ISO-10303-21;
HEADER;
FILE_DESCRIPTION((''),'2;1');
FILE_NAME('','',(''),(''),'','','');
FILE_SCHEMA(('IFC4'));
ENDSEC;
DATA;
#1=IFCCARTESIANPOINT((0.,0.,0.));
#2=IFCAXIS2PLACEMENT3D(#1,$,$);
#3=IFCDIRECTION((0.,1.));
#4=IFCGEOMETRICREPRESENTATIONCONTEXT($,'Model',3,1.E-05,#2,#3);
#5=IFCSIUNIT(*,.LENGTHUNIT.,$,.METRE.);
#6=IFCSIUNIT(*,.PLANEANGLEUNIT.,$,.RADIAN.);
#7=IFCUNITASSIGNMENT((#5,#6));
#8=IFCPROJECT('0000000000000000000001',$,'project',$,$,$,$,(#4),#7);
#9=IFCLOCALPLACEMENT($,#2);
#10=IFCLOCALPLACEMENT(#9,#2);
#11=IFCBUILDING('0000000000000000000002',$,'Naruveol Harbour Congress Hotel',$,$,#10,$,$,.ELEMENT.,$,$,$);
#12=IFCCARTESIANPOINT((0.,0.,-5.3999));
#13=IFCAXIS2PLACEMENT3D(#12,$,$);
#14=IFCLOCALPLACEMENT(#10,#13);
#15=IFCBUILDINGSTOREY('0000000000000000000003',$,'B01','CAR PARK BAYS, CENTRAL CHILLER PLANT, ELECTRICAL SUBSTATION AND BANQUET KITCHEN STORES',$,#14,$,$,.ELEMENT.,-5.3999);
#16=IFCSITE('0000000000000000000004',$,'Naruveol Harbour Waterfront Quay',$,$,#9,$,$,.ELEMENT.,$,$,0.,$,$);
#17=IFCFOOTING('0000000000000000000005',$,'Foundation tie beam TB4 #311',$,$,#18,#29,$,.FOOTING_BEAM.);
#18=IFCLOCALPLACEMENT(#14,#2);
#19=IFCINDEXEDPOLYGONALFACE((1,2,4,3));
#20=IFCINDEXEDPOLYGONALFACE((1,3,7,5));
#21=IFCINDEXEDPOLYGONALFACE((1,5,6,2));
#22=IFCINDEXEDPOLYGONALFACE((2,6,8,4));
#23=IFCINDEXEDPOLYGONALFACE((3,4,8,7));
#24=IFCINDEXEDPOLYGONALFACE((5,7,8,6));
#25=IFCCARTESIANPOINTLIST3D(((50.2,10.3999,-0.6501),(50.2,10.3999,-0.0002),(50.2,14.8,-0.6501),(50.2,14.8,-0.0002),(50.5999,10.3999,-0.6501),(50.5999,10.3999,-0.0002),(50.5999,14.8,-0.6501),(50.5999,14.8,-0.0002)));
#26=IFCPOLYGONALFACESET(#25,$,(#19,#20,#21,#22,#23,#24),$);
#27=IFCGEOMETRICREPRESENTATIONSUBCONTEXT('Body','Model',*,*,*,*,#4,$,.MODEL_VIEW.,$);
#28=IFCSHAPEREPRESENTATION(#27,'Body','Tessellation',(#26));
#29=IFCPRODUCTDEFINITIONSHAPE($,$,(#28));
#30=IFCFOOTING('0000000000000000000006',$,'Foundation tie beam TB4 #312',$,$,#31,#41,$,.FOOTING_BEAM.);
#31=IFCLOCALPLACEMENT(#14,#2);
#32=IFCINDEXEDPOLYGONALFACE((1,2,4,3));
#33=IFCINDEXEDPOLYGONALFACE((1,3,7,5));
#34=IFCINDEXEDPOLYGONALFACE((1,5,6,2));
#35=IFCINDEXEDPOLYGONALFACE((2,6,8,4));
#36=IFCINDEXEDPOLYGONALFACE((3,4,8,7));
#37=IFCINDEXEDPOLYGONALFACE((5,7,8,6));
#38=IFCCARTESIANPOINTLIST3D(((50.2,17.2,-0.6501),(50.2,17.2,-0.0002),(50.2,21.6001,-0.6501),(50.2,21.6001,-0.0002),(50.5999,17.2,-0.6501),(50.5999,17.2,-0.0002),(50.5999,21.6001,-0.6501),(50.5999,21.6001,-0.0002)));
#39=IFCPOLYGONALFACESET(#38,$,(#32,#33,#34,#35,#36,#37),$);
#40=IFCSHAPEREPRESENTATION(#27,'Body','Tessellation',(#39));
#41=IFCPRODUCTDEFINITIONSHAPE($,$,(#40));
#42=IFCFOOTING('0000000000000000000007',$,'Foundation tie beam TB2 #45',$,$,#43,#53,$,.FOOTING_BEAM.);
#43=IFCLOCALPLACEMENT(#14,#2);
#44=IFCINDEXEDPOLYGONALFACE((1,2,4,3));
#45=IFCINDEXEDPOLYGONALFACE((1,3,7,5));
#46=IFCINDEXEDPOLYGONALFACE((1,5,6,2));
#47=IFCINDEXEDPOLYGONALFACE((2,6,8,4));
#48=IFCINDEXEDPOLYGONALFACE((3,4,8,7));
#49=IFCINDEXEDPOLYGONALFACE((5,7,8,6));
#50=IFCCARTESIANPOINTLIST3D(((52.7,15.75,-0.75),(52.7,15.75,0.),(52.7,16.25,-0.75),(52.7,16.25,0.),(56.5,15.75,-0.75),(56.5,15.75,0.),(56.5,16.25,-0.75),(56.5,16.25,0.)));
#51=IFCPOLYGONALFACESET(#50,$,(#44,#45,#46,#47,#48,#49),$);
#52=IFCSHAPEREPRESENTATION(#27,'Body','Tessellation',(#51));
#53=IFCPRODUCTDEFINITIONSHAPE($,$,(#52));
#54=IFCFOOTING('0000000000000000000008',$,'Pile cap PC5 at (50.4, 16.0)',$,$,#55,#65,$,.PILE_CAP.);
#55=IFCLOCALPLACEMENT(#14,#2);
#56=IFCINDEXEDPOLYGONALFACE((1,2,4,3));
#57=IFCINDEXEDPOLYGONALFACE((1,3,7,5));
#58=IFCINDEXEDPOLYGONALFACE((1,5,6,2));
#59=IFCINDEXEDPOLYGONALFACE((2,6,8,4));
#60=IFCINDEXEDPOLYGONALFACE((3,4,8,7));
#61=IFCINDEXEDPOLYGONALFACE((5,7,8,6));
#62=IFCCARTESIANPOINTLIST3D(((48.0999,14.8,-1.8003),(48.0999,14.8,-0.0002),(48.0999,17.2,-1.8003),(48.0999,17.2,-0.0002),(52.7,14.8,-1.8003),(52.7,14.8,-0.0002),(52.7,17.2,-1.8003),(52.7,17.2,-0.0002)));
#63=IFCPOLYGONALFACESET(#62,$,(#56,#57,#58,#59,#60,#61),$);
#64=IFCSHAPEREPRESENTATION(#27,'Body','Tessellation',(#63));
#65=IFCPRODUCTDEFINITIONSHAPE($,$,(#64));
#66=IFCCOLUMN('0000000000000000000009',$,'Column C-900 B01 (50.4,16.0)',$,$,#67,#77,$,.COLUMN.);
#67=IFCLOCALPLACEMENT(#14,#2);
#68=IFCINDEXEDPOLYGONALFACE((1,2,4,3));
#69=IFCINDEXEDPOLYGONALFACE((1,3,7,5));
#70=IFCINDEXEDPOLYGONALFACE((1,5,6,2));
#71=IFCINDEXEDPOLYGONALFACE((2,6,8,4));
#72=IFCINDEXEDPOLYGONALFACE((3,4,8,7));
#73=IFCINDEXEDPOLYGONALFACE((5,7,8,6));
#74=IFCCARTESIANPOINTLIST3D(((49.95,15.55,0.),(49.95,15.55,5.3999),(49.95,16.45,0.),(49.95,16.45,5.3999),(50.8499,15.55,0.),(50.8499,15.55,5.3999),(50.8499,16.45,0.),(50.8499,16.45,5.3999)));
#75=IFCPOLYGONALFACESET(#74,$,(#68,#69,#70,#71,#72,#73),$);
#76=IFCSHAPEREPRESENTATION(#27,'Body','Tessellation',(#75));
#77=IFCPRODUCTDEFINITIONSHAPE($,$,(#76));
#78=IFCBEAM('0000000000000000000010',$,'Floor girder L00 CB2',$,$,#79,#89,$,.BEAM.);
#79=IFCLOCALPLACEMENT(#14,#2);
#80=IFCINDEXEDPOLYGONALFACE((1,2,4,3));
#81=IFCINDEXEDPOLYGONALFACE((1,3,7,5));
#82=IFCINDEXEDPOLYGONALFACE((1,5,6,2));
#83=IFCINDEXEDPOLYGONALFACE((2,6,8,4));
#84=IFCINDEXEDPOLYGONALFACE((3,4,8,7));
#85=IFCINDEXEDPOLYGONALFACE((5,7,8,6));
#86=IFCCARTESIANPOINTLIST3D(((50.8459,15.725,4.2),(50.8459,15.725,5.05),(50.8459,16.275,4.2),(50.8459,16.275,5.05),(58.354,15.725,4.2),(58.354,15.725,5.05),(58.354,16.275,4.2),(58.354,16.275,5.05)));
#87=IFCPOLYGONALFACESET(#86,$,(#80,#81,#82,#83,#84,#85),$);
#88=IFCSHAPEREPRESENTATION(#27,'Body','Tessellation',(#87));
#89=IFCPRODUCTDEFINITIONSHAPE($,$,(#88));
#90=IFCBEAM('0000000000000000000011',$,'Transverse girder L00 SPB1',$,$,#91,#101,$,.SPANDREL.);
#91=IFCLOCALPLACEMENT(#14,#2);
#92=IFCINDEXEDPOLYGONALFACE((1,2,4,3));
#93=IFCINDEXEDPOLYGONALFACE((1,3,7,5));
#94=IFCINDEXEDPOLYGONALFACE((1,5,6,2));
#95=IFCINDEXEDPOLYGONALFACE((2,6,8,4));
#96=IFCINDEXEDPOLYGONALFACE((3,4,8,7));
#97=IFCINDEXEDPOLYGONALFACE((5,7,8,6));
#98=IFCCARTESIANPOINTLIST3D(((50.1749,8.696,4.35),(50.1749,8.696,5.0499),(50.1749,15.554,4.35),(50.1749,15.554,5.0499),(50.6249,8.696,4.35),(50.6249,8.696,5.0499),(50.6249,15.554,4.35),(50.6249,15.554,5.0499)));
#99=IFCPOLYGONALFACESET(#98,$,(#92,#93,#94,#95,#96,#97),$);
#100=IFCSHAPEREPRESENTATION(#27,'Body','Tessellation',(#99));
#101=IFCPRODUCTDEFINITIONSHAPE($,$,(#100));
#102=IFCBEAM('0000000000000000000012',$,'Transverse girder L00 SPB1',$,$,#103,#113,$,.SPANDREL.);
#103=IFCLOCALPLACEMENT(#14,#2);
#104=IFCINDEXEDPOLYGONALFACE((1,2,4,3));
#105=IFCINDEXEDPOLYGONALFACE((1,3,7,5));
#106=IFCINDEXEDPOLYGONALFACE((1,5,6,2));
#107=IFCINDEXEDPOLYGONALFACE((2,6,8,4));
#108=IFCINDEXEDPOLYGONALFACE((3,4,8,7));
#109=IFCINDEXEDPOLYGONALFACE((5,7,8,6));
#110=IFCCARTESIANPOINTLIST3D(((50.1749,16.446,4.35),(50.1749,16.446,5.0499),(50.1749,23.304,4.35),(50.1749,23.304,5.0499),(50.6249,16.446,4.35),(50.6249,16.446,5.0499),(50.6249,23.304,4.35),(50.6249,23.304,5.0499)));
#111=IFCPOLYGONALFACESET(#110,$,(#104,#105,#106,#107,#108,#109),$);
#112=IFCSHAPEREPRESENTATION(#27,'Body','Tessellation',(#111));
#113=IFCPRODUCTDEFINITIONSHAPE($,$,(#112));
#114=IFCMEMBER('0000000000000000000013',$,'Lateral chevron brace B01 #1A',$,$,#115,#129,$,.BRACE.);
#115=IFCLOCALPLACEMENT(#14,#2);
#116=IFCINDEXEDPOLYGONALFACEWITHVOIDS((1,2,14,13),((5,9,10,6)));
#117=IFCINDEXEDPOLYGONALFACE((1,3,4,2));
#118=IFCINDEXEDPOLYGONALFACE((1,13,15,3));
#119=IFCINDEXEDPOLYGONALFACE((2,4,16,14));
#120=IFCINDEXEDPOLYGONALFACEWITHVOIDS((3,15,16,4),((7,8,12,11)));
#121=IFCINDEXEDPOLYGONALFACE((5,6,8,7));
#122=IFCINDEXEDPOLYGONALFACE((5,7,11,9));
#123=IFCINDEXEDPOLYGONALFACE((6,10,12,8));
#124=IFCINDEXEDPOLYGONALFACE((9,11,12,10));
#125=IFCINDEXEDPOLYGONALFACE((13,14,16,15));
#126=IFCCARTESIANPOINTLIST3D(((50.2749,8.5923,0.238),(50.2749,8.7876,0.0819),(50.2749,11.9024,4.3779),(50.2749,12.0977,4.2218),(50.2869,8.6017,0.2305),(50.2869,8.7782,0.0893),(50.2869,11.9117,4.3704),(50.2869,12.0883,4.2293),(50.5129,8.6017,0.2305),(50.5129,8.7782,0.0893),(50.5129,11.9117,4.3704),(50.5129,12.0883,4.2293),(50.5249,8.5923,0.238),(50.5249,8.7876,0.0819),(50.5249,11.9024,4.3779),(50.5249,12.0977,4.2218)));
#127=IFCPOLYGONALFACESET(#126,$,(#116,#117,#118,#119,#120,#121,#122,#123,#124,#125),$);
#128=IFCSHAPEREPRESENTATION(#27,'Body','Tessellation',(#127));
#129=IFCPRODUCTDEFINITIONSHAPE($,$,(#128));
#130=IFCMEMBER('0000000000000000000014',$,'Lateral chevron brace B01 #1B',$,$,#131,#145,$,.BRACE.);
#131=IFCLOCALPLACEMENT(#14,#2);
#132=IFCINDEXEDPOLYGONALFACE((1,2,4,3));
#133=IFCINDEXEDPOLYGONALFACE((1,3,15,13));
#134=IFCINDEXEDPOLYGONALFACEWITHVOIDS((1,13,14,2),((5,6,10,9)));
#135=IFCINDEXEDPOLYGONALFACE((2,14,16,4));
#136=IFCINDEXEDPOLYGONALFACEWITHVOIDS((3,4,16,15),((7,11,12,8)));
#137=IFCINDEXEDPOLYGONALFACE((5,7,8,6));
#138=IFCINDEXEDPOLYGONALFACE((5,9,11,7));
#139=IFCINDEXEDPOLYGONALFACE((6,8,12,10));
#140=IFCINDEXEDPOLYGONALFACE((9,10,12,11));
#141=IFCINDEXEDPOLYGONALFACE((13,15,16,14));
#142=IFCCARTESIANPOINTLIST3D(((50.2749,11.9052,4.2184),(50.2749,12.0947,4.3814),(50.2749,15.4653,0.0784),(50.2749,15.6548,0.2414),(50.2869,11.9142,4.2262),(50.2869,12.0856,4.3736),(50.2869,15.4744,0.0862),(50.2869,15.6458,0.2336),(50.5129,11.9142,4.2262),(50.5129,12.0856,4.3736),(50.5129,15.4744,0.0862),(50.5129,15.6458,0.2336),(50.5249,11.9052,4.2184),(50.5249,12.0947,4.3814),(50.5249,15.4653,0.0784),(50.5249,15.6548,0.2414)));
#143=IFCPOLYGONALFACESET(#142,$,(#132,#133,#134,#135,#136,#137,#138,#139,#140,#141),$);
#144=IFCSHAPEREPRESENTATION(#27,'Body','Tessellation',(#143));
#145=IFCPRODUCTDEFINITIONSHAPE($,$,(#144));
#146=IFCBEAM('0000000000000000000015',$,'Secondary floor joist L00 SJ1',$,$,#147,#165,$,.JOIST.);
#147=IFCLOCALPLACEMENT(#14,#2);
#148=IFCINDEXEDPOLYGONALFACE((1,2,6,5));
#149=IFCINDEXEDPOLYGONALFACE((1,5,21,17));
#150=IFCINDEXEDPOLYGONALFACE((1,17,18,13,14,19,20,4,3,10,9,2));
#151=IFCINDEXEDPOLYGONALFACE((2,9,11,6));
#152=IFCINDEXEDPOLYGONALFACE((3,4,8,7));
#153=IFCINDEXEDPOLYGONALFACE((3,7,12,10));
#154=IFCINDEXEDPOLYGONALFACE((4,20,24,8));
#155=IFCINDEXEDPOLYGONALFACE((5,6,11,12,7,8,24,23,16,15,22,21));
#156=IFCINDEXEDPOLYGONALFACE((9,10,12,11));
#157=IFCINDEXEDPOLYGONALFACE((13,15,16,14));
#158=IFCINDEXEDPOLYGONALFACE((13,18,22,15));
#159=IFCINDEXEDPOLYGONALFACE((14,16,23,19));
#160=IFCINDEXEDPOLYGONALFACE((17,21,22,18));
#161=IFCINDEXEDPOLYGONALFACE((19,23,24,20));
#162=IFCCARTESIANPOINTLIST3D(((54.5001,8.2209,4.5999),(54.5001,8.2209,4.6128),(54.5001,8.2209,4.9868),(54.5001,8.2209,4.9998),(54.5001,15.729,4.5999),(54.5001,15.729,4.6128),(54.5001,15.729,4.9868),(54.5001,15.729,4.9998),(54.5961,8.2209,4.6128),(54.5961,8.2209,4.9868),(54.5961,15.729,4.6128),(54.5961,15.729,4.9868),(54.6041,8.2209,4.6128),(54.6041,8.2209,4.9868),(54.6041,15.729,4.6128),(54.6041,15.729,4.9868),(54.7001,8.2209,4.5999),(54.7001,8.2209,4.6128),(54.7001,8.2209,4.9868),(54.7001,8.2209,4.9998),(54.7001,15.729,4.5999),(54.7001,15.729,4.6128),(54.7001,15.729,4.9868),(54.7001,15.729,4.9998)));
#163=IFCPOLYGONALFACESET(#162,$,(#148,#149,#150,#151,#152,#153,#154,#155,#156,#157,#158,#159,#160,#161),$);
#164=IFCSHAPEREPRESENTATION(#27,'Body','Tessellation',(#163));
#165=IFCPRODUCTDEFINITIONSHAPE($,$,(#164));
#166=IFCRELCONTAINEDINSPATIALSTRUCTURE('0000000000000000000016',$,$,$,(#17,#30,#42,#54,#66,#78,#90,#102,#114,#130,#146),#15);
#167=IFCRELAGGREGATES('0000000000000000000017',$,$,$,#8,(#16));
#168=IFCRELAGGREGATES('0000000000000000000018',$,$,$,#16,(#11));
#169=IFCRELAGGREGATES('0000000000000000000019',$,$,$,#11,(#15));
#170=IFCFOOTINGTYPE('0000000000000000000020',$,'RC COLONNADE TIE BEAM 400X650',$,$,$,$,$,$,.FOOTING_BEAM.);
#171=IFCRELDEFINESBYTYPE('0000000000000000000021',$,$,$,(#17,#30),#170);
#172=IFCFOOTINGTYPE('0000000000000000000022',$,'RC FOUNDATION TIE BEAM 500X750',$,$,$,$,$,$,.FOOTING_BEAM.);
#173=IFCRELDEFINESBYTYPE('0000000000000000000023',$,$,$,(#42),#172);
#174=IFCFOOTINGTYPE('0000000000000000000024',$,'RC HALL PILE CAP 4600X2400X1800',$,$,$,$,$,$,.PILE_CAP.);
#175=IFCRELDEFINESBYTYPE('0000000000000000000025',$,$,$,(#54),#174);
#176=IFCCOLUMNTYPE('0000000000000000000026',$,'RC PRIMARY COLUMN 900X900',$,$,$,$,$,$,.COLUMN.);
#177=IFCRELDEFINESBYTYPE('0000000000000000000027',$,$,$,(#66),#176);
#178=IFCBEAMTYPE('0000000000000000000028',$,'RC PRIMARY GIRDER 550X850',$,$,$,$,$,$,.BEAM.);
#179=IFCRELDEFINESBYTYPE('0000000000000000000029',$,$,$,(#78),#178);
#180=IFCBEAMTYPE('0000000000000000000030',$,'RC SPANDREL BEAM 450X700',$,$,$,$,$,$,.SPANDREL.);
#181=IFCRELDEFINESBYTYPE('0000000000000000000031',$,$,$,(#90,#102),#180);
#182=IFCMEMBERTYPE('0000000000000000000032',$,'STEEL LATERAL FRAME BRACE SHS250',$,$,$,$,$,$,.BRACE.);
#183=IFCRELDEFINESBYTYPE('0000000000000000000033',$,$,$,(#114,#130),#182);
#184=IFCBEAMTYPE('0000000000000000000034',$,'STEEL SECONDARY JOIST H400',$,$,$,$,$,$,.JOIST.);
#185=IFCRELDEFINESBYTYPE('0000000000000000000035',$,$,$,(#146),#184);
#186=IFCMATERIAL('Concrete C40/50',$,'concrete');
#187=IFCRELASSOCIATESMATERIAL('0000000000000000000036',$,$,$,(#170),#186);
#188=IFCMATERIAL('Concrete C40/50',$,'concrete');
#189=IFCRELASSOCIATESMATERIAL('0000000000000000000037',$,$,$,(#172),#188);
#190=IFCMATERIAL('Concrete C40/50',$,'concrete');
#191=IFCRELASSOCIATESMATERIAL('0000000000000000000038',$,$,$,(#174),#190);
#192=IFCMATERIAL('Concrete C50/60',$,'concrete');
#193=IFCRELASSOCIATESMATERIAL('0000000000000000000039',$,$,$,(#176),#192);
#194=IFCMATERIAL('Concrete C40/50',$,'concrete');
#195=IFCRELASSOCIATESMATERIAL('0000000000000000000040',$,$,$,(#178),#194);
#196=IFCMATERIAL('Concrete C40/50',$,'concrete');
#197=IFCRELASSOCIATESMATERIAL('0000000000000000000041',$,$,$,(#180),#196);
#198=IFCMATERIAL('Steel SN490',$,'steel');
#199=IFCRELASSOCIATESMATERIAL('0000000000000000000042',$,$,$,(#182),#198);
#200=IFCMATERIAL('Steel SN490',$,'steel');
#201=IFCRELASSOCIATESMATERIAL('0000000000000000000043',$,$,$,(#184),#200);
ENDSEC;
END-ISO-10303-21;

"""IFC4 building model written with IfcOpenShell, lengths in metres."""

from ifc_helpers import new_model, si_unit, direction, frame, origin, origin_2d, place, context, subcontext, project, spatial, rectangle, hollow_rectangle, i_section, extrude, material, material_profile, profile_set, type_object, element, save


model = new_model("IFC4")

# Units and contexts
model_context = context("Model", 3, precision=1e-05, world=origin(), true_north=direction((0.0, 1.0)))
body_context = subcontext(model_context, "Body", "Model", "MODEL_VIEW")
ifc_project = project(units=[si_unit("LENGTHUNIT", "METRE"), si_unit("PLANEANGLEUNIT", "RADIAN")], contexts=[model_context])

# Site, building, storey
site_placement = place(None, origin())
site = spatial("IfcSite", under=ifc_project, at=site_placement, Name="Naruveol Harbour Waterfront Quay", CompositionType="ELEMENT", RefElevation=0.0)
building_placement = place(site_placement, origin())
building = spatial("IfcBuilding", under=site, at=building_placement, Name="Naruveol Harbour Congress Hotel", CompositionType="ELEMENT")
storey_placement = place(building_placement, frame((0.0, 0.0, -5.3999)))
storey = spatial("IfcBuildingStorey", under=building, at=storey_placement, Name="B01", Description="CAR PARK BAYS, CENTRAL CHILLER PLANT, ELECTRICAL SUBSTATION AND BANQUET KITCHEN STORES", CompositionType="ELEMENT", Elevation=-5.3999)

# Footings
ifc_material_1 = material(Name="Concrete C40/50", Category="concrete")
ifc_material_profile_1 = material_profile(ifc_material_1, rectangle(XDim=0.3999, YDim=0.6499, at=origin_2d()), Name="RCB-400x650")
ifc_profile_set_1 = profile_set([ifc_material_profile_1], Name="Concrete C40/50")
footing_type_1 = type_object("IfcFootingType", Name="RC COLONNADE TIE BEAM 400X650", PredefinedType="FOOTING_BEAM", material=ifc_profile_set_1)
for number, where, z_axis, x_axis, name in (
    (1, (50.3999, 10.3999, -0.3252), (0.0, 1.0, 0.0), (-1.0, 0.0, 0.0), "Foundation tie beam TB4 #311"),
    (2, (50.3999, 17.2, -0.3252), (0.0, 1.0, 0.0), (-1.0, 0.0, 0.0), "Foundation tie beam TB4 #312"),
):
    element("IfcFooting", number, at=place(storey_placement, frame(where, z_axis=z_axis, x_axis=x_axis)), inside=storey, type_object=footing_type_1, Name=name, PredefinedType="FOOTING_BEAM", context=body_context, shape_type="SweptSolid", body=[
        extrude(rectangle(XDim=0.3999, YDim=0.6499, at=origin_2d()), origin(), (0.0, 0.0, 1.0), 4.4001),
    ])
ifc_material_2 = material(Name="Concrete C40/50", Category="concrete")
ifc_material_profile_2 = material_profile(ifc_material_2, rectangle(XDim=0.5, YDim=0.75, at=origin_2d()), Name="RCB-500x750")
ifc_profile_set_2 = profile_set([ifc_material_profile_2], Name="Concrete C40/50")
footing_type_2 = type_object("IfcFootingType", Name="RC FOUNDATION TIE BEAM 500X750", PredefinedType="FOOTING_BEAM", material=ifc_profile_set_2)
footing_1_placement = place(storey_placement, frame((52.7, 16.0, -0.375), z_axis=(1.0, 0.0, 0.0), x_axis=(0.0, 1.0, 0.0)))
element("IfcFooting", 3, at=footing_1_placement, inside=storey, type_object=footing_type_2, Name="Foundation tie beam TB2 #45", PredefinedType="FOOTING_BEAM", context=body_context, shape_type="SweptSolid", body=[
    extrude(rectangle(XDim=0.5, YDim=0.75, at=origin_2d()), origin(), (0.0, 0.0, 1.0), 3.8),
])
ifc_material_3 = material(Name="Concrete C40/50", Category="concrete")
footing_type_3 = type_object("IfcFootingType", Name="RC HALL PILE CAP 4600X2400X1800", PredefinedType="PILE_CAP", material=ifc_material_3)
footing_2_placement = place(storey_placement, frame((50.3999, 16.0, -1.8003), z_axis=(0.0, 0.0, 1.0), x_axis=(1.0, 0.0, 0.0)))
element("IfcFooting", 4, at=footing_2_placement, inside=storey, type_object=footing_type_3, Name="Pile cap PC5 at (50.4, 16.0)", PredefinedType="PILE_CAP", context=body_context, shape_type="SweptSolid", body=[
    extrude(rectangle(XDim=4.6001, YDim=2.3999, at=origin_2d()), origin(), (0.0, 0.0, 1.0), 1.8),
])

# Column
ifc_material_4 = material(Name="Concrete C50/60", Category="concrete")
ifc_material_profile_3 = material_profile(ifc_material_4, rectangle(XDim=0.8999, YDim=0.8999, at=origin_2d()), Name="RC-900x900")
ifc_profile_set_3 = profile_set([ifc_material_profile_3], Name="Concrete C50/60")
column_type = type_object("IfcColumnType", Name="RC PRIMARY COLUMN 900X900", PredefinedType="COLUMN", material=ifc_profile_set_3)
column_placement = place(storey_placement, frame((50.3999, 16.0, 0.0), z_axis=(0.0, 0.0, 1.0), x_axis=(1.0, 0.0, 0.0)))
element("IfcColumn", 5, at=column_placement, inside=storey, type_object=column_type, Name="Column C-900 B01 (50.4,16.0)", PredefinedType="COLUMN", context=body_context, shape_type="SweptSolid", body=[
    extrude(rectangle(XDim=0.8999, YDim=0.8999, at=origin_2d()), origin(), (0.0, 0.0, 1.0), 5.3999),
])

# Beams
ifc_material_5 = material(Name="Concrete C40/50", Category="concrete")
ifc_material_profile_4 = material_profile(ifc_material_5, rectangle(XDim=0.55, YDim=0.8501, at=origin_2d()), Name="RCB-550x850")
ifc_profile_set_4 = profile_set([ifc_material_profile_4], Name="Concrete C40/50")
beam_type_1 = type_object("IfcBeamType", Name="RC PRIMARY GIRDER 550X850", PredefinedType="BEAM", material=ifc_profile_set_4)
beam_1_placement = place(storey_placement, frame((50.8459, 16.0, 4.625), z_axis=(1.0, 0.0, 0.0), x_axis=(0.0, 1.0, 0.0)))
element("IfcBeam", 6, at=beam_1_placement, inside=storey, type_object=beam_type_1, Name="Floor girder L00 CB2", PredefinedType="BEAM", context=body_context, shape_type="SweptSolid", body=[
    extrude(rectangle(XDim=0.55, YDim=0.8501, at=origin_2d()), origin(), (0.0, 0.0, 1.0), 7.5081),
])
ifc_material_6 = material(Name="Concrete C40/50", Category="concrete")
ifc_material_profile_5 = material_profile(ifc_material_6, rectangle(XDim=0.45, YDim=0.7, at=origin_2d()), Name="RCB-450x700")
ifc_profile_set_5 = profile_set([ifc_material_profile_5], Name="Concrete C40/50")
beam_type_2 = type_object("IfcBeamType", Name="RC SPANDREL BEAM 450X700", PredefinedType="SPANDREL", material=ifc_profile_set_5)
for number, where, z_axis, x_axis, name in (
    (7, (50.3999, 8.696, 4.7), (0.0, 1.0, 0.0), (-1.0, 0.0, 0.0), "Transverse girder L00 SPB1"),
    (8, (50.3999, 16.446, 4.7), (0.0, 1.0, 0.0), (-1.0, 0.0, 0.0), "Transverse girder L00 SPB1"),
):
    element("IfcBeam", number, at=place(storey_placement, frame(where, z_axis=z_axis, x_axis=x_axis)), inside=storey, type_object=beam_type_2, Name=name, PredefinedType="SPANDREL", context=body_context, shape_type="SweptSolid", body=[
        extrude(rectangle(XDim=0.45, YDim=0.7, at=origin_2d()), origin(), (0.0, 0.0, 1.0), 6.8579),
    ])

# Members
ifc_material_7 = material(Name="Steel SN490", Category="steel")
ifc_material_profile_6 = material_profile(ifc_material_7, hollow_rectangle(XDim=0.25, YDim=0.25, WallThickness=0.012, at=origin_2d()), Name="SHS-250x250x12")
ifc_profile_set_6 = profile_set([ifc_material_profile_6], Name="Steel SN490")
member_type = type_object("IfcMemberType", Name="STEEL LATERAL FRAME BRACE SHS250", PredefinedType="BRACE", material=ifc_profile_set_6)
member_1_placement = place(storey_placement, frame((50.3999, 8.6899, 0.1599), z_axis=(0.0, 0.624482, 0.78104), x_axis=(-1.0, 0.0, 0.0)))
element("IfcMember", 9, at=member_1_placement, inside=storey, type_object=member_type, Name="Lateral chevron brace B01 #1A", PredefinedType="BRACE", context=body_context, shape_type="SweptSolid", body=[
    extrude(hollow_rectangle(XDim=0.25, YDim=0.25, WallThickness=0.012, at=origin_2d()), origin(), (0.0, 0.0, 1.0), 5.3005),
])
member_2_placement = place(storey_placement, frame((50.3999, 15.5601, 0.1599), z_axis=(0.0, -0.652013, 0.758208), x_axis=(1.0, 0.0, 0.0)))
element("IfcMember", 10, at=member_2_placement, inside=storey, type_object=member_type, Name="Lateral chevron brace B01 #1B", PredefinedType="BRACE", context=body_context, shape_type="SweptSolid", body=[
    extrude(hollow_rectangle(XDim=0.25, YDim=0.25, WallThickness=0.012, at=origin_2d()), origin(), (0.0, 0.0, 1.0), 5.4602),
])

# Beam
ifc_material_8 = material(Name="Steel SN490", Category="steel")
ifc_material_profile_7 = material_profile(ifc_material_8, i_section(OverallWidth=0.2, OverallDepth=0.3999, WebThickness=0.0081, FlangeThickness=0.0129, at=origin_2d()), Name="H-400x200x8x13")
ifc_profile_set_7 = profile_set([ifc_material_profile_7], Name="Steel SN490")
beam_type_3 = type_object("IfcBeamType", Name="STEEL SECONDARY JOIST H400", PredefinedType="JOIST", material=ifc_profile_set_7)
beam_2_placement = place(storey_placement, frame((54.6001, 8.2209, 4.7998), z_axis=(0.0, 1.0, 0.0), x_axis=(-1.0, 0.0, 0.0)))
element("IfcBeam", 11, at=beam_2_placement, inside=storey, type_object=beam_type_3, Name="Secondary floor joist L00 SJ1", PredefinedType="JOIST", context=body_context, shape_type="SweptSolid", body=[
    extrude(i_section(OverallWidth=0.2, OverallDepth=0.3999, WebThickness=0.0081, FlangeThickness=0.0129, at=origin_2d()), origin(), (0.0, 0.0, 1.0), 7.5081),
])

save(model, "model.ifc")
